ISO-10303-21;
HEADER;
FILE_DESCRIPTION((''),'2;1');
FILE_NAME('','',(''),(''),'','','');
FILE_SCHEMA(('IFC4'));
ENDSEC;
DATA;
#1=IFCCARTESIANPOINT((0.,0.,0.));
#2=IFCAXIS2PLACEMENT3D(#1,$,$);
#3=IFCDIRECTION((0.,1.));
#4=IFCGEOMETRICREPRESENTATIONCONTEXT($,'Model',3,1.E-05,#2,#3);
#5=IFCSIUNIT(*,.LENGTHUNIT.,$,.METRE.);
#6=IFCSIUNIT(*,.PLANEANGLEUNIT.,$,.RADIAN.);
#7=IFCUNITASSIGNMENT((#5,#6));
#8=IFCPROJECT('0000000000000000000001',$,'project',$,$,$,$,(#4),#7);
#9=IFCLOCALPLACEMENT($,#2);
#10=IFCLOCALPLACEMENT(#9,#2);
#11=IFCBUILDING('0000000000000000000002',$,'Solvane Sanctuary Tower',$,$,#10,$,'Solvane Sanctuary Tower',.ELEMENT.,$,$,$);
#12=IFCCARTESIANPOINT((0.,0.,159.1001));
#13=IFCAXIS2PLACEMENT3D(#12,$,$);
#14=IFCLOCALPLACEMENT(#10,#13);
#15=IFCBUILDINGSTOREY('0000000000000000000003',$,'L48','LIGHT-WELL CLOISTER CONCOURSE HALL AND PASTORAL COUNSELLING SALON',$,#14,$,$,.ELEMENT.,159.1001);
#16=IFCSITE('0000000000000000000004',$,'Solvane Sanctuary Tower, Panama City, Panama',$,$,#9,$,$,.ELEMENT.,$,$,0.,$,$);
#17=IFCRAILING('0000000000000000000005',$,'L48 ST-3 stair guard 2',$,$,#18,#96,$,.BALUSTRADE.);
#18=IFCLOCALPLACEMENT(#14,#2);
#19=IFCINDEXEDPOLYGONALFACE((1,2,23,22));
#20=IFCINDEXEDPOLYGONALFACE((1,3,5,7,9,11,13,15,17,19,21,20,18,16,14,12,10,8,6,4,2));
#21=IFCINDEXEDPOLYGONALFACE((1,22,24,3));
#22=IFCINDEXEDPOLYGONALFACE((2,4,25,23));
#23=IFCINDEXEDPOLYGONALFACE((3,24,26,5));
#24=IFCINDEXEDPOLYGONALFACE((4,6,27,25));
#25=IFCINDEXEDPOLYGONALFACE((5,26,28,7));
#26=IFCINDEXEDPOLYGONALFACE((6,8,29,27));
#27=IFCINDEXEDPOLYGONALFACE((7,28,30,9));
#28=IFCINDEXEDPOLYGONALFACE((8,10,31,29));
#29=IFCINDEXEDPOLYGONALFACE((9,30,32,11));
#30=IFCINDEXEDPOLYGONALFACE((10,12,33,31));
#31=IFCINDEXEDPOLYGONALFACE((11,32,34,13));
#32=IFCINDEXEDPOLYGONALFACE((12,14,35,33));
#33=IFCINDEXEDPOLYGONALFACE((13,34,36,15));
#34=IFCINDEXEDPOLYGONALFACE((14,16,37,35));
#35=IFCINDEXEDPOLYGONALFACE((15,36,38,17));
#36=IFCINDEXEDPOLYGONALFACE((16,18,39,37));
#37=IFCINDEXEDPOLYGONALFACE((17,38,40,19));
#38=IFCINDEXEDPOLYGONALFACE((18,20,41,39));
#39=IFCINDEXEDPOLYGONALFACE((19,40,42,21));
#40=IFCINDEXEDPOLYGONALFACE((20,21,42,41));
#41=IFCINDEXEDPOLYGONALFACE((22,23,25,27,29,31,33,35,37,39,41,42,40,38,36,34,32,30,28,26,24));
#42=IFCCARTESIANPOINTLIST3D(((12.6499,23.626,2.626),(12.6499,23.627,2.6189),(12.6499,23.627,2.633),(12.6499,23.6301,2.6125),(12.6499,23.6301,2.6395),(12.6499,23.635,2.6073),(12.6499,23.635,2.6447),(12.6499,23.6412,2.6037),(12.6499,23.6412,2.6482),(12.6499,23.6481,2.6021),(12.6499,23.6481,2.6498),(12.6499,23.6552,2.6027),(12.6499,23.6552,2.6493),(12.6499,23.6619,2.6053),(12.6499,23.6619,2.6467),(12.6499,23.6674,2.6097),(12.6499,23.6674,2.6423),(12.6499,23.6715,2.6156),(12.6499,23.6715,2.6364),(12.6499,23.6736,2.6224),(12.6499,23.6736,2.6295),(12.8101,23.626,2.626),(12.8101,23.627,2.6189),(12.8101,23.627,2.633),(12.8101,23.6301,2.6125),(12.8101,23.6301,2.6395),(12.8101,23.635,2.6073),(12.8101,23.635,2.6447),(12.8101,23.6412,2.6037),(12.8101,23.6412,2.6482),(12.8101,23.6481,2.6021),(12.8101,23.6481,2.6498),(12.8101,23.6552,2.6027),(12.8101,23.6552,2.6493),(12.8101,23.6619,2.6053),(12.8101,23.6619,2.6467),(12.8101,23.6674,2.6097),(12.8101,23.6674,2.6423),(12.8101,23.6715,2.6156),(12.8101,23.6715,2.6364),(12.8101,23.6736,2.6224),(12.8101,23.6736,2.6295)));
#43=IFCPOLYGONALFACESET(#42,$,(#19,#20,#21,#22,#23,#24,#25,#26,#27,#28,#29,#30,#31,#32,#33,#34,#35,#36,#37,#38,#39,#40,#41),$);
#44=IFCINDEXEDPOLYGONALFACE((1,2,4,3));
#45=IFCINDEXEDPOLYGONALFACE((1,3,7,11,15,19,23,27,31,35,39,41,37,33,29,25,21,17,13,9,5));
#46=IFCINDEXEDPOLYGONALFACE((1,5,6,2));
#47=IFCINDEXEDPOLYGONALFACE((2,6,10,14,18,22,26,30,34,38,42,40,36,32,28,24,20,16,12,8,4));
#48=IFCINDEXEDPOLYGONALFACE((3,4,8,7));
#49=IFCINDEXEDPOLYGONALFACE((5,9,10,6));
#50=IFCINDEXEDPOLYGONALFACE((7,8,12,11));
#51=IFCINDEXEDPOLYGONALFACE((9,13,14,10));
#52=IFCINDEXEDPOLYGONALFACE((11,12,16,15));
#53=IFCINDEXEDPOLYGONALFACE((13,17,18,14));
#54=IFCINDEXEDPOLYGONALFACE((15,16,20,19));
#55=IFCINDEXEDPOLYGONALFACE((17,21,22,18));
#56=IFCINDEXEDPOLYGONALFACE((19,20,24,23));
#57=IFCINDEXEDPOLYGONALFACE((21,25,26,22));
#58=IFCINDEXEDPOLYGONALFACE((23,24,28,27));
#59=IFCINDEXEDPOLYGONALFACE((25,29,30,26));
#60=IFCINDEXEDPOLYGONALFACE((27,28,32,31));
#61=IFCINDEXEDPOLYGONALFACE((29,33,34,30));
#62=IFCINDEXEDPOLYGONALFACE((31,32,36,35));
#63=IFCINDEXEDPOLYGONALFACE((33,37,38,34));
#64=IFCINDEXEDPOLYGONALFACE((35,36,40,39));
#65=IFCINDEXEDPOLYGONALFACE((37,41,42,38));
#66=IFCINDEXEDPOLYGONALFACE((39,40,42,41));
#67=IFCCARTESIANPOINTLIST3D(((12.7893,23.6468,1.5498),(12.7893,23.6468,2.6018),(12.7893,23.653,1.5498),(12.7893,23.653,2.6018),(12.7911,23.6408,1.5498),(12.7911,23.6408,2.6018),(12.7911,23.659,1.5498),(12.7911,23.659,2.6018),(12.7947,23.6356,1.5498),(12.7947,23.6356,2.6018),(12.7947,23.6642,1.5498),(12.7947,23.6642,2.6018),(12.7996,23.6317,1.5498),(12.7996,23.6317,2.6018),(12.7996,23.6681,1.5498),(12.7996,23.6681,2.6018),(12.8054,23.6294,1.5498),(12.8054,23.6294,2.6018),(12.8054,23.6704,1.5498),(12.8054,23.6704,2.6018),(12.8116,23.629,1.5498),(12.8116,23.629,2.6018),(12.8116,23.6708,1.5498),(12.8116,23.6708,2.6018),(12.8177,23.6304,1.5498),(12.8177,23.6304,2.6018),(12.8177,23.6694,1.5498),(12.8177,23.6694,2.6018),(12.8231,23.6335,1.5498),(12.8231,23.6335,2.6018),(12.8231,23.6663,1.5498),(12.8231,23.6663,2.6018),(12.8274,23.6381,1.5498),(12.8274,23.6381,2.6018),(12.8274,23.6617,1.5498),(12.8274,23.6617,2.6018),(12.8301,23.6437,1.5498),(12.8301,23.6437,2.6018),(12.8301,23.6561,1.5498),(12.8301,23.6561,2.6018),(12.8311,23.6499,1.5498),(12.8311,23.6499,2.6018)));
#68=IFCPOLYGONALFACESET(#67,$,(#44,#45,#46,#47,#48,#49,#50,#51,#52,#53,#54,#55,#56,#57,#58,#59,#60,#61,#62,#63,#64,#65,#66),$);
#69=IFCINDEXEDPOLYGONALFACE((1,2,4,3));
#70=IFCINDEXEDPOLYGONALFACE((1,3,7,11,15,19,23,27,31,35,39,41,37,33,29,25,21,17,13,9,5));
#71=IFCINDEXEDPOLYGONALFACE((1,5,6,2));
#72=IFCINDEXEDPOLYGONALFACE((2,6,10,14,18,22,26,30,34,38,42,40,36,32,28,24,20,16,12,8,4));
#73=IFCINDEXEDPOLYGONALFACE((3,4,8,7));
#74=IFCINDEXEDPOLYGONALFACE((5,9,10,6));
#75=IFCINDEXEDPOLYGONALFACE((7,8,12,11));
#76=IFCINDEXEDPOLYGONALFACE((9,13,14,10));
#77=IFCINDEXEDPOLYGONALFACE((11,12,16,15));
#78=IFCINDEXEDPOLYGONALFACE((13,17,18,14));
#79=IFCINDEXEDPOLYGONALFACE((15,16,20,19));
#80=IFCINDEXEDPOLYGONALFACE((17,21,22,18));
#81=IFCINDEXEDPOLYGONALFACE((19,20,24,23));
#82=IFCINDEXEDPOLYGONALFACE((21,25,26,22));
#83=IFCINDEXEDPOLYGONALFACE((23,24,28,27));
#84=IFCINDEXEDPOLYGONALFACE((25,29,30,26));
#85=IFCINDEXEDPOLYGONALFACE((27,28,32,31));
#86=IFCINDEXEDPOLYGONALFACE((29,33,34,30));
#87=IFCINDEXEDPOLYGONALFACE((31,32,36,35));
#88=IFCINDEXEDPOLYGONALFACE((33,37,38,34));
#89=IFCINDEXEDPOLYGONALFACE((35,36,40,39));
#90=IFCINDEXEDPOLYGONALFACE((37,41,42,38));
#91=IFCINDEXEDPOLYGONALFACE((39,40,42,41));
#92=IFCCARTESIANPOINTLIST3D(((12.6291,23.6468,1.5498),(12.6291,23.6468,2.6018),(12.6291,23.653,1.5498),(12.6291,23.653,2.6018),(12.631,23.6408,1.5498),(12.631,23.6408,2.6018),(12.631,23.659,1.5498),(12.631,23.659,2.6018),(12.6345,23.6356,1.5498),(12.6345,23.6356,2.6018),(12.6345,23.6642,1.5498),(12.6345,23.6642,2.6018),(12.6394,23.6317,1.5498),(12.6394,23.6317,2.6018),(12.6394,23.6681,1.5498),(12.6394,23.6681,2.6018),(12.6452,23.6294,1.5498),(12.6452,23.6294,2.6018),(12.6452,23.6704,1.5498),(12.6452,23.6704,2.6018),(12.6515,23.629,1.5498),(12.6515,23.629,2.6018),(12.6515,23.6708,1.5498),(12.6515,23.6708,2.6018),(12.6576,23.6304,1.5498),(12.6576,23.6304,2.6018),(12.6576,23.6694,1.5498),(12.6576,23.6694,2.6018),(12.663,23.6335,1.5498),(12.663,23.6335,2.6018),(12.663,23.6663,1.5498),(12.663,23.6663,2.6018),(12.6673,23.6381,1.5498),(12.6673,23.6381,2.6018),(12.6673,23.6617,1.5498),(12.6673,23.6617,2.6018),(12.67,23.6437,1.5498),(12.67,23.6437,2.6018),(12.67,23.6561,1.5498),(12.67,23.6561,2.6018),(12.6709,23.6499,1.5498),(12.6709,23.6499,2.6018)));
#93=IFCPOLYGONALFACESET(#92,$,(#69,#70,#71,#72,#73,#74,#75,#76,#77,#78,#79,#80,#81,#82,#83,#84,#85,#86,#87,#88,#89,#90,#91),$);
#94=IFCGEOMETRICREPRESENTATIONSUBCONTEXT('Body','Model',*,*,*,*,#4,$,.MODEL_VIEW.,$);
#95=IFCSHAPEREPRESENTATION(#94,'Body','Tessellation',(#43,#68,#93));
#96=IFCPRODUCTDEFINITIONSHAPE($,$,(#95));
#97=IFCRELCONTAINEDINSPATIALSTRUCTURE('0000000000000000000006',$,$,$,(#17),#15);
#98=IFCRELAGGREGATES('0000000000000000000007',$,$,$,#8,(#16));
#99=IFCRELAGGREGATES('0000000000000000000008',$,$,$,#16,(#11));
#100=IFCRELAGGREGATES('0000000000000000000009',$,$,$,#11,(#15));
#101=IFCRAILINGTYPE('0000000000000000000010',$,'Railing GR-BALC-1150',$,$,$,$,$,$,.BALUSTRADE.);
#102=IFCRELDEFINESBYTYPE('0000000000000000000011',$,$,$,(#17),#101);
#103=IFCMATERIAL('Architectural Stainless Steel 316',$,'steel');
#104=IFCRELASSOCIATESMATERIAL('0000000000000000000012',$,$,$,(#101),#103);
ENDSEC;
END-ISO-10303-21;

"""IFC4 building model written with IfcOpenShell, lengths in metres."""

from ifc_helpers import new_model, si_unit, direction, frame, origin, origin_2d, place, context, subcontext, project, spatial, circle, extrude, material, type_object, element, save


model = new_model("IFC4")

# Units and contexts
model_context = context("Model", 3, precision=1e-05, world=origin(), true_north=direction((0.0, 1.0)))
body_context = subcontext(model_context, "Body", "Model", "MODEL_VIEW")
ifc_project = project(units=[si_unit("LENGTHUNIT", "METRE"), si_unit("PLANEANGLEUNIT", "RADIAN")], contexts=[model_context])

# Site, building, storey
site_placement = place(None, origin())
site = spatial("IfcSite", under=ifc_project, at=site_placement, Name="Solvane Sanctuary Tower, Panama City, Panama", CompositionType="ELEMENT", RefElevation=0.0)
building_placement = place(site_placement, origin())
building = spatial("IfcBuilding", under=site, at=building_placement, Name="Solvane Sanctuary Tower", LongName="Solvane Sanctuary Tower", CompositionType="ELEMENT")
storey_placement = place(building_placement, frame((0.0, 0.0, 159.1001)))
storey = spatial("IfcBuildingStorey", under=building, at=storey_placement, Name="L48", Description="LIGHT-WELL CLOISTER CONCOURSE HALL AND PASTORAL COUNSELLING SALON", CompositionType="ELEMENT", Elevation=159.1001)

# Shared definitions
ifc_material_1 = material(Name="Architectural Stainless Steel 316", Category="steel")

# Railing
railing_type_1 = type_object("IfcRailingType", Name="Railing GR-BALC-1150", PredefinedType="BALUSTRADE", material=ifc_material_1)
railing_1_placement = place(storey_placement, frame((12.8101, 23.6499, 1.5498)))
element("IfcRailing", 1, at=railing_1_placement, inside=storey, type_object=railing_type_1, Name="L48 ST-3 stair guard 2", PredefinedType="BALUSTRADE", context=body_context, shape_type="SweptSolid", body=[
    extrude(circle(Radius=0.0239, at=origin_2d()), frame((0.0, 0.0, 1.0762), z_axis=(-1.0, 0.0, 0.0), x_axis=(0.0, -1.0, 0.0)), (0.0, 0.0, 1.0), 0.1602),
    extrude(circle(Radius=0.021, at=origin_2d()), origin(), (0.0, 0.0, 1.0), 1.052),
    extrude(circle(Radius=0.021, at=origin_2d()), frame((-0.1602, 0.0, 0.0)), (0.0, 0.0, 1.0), 1.052),
])

save(model, "model.ifc")
